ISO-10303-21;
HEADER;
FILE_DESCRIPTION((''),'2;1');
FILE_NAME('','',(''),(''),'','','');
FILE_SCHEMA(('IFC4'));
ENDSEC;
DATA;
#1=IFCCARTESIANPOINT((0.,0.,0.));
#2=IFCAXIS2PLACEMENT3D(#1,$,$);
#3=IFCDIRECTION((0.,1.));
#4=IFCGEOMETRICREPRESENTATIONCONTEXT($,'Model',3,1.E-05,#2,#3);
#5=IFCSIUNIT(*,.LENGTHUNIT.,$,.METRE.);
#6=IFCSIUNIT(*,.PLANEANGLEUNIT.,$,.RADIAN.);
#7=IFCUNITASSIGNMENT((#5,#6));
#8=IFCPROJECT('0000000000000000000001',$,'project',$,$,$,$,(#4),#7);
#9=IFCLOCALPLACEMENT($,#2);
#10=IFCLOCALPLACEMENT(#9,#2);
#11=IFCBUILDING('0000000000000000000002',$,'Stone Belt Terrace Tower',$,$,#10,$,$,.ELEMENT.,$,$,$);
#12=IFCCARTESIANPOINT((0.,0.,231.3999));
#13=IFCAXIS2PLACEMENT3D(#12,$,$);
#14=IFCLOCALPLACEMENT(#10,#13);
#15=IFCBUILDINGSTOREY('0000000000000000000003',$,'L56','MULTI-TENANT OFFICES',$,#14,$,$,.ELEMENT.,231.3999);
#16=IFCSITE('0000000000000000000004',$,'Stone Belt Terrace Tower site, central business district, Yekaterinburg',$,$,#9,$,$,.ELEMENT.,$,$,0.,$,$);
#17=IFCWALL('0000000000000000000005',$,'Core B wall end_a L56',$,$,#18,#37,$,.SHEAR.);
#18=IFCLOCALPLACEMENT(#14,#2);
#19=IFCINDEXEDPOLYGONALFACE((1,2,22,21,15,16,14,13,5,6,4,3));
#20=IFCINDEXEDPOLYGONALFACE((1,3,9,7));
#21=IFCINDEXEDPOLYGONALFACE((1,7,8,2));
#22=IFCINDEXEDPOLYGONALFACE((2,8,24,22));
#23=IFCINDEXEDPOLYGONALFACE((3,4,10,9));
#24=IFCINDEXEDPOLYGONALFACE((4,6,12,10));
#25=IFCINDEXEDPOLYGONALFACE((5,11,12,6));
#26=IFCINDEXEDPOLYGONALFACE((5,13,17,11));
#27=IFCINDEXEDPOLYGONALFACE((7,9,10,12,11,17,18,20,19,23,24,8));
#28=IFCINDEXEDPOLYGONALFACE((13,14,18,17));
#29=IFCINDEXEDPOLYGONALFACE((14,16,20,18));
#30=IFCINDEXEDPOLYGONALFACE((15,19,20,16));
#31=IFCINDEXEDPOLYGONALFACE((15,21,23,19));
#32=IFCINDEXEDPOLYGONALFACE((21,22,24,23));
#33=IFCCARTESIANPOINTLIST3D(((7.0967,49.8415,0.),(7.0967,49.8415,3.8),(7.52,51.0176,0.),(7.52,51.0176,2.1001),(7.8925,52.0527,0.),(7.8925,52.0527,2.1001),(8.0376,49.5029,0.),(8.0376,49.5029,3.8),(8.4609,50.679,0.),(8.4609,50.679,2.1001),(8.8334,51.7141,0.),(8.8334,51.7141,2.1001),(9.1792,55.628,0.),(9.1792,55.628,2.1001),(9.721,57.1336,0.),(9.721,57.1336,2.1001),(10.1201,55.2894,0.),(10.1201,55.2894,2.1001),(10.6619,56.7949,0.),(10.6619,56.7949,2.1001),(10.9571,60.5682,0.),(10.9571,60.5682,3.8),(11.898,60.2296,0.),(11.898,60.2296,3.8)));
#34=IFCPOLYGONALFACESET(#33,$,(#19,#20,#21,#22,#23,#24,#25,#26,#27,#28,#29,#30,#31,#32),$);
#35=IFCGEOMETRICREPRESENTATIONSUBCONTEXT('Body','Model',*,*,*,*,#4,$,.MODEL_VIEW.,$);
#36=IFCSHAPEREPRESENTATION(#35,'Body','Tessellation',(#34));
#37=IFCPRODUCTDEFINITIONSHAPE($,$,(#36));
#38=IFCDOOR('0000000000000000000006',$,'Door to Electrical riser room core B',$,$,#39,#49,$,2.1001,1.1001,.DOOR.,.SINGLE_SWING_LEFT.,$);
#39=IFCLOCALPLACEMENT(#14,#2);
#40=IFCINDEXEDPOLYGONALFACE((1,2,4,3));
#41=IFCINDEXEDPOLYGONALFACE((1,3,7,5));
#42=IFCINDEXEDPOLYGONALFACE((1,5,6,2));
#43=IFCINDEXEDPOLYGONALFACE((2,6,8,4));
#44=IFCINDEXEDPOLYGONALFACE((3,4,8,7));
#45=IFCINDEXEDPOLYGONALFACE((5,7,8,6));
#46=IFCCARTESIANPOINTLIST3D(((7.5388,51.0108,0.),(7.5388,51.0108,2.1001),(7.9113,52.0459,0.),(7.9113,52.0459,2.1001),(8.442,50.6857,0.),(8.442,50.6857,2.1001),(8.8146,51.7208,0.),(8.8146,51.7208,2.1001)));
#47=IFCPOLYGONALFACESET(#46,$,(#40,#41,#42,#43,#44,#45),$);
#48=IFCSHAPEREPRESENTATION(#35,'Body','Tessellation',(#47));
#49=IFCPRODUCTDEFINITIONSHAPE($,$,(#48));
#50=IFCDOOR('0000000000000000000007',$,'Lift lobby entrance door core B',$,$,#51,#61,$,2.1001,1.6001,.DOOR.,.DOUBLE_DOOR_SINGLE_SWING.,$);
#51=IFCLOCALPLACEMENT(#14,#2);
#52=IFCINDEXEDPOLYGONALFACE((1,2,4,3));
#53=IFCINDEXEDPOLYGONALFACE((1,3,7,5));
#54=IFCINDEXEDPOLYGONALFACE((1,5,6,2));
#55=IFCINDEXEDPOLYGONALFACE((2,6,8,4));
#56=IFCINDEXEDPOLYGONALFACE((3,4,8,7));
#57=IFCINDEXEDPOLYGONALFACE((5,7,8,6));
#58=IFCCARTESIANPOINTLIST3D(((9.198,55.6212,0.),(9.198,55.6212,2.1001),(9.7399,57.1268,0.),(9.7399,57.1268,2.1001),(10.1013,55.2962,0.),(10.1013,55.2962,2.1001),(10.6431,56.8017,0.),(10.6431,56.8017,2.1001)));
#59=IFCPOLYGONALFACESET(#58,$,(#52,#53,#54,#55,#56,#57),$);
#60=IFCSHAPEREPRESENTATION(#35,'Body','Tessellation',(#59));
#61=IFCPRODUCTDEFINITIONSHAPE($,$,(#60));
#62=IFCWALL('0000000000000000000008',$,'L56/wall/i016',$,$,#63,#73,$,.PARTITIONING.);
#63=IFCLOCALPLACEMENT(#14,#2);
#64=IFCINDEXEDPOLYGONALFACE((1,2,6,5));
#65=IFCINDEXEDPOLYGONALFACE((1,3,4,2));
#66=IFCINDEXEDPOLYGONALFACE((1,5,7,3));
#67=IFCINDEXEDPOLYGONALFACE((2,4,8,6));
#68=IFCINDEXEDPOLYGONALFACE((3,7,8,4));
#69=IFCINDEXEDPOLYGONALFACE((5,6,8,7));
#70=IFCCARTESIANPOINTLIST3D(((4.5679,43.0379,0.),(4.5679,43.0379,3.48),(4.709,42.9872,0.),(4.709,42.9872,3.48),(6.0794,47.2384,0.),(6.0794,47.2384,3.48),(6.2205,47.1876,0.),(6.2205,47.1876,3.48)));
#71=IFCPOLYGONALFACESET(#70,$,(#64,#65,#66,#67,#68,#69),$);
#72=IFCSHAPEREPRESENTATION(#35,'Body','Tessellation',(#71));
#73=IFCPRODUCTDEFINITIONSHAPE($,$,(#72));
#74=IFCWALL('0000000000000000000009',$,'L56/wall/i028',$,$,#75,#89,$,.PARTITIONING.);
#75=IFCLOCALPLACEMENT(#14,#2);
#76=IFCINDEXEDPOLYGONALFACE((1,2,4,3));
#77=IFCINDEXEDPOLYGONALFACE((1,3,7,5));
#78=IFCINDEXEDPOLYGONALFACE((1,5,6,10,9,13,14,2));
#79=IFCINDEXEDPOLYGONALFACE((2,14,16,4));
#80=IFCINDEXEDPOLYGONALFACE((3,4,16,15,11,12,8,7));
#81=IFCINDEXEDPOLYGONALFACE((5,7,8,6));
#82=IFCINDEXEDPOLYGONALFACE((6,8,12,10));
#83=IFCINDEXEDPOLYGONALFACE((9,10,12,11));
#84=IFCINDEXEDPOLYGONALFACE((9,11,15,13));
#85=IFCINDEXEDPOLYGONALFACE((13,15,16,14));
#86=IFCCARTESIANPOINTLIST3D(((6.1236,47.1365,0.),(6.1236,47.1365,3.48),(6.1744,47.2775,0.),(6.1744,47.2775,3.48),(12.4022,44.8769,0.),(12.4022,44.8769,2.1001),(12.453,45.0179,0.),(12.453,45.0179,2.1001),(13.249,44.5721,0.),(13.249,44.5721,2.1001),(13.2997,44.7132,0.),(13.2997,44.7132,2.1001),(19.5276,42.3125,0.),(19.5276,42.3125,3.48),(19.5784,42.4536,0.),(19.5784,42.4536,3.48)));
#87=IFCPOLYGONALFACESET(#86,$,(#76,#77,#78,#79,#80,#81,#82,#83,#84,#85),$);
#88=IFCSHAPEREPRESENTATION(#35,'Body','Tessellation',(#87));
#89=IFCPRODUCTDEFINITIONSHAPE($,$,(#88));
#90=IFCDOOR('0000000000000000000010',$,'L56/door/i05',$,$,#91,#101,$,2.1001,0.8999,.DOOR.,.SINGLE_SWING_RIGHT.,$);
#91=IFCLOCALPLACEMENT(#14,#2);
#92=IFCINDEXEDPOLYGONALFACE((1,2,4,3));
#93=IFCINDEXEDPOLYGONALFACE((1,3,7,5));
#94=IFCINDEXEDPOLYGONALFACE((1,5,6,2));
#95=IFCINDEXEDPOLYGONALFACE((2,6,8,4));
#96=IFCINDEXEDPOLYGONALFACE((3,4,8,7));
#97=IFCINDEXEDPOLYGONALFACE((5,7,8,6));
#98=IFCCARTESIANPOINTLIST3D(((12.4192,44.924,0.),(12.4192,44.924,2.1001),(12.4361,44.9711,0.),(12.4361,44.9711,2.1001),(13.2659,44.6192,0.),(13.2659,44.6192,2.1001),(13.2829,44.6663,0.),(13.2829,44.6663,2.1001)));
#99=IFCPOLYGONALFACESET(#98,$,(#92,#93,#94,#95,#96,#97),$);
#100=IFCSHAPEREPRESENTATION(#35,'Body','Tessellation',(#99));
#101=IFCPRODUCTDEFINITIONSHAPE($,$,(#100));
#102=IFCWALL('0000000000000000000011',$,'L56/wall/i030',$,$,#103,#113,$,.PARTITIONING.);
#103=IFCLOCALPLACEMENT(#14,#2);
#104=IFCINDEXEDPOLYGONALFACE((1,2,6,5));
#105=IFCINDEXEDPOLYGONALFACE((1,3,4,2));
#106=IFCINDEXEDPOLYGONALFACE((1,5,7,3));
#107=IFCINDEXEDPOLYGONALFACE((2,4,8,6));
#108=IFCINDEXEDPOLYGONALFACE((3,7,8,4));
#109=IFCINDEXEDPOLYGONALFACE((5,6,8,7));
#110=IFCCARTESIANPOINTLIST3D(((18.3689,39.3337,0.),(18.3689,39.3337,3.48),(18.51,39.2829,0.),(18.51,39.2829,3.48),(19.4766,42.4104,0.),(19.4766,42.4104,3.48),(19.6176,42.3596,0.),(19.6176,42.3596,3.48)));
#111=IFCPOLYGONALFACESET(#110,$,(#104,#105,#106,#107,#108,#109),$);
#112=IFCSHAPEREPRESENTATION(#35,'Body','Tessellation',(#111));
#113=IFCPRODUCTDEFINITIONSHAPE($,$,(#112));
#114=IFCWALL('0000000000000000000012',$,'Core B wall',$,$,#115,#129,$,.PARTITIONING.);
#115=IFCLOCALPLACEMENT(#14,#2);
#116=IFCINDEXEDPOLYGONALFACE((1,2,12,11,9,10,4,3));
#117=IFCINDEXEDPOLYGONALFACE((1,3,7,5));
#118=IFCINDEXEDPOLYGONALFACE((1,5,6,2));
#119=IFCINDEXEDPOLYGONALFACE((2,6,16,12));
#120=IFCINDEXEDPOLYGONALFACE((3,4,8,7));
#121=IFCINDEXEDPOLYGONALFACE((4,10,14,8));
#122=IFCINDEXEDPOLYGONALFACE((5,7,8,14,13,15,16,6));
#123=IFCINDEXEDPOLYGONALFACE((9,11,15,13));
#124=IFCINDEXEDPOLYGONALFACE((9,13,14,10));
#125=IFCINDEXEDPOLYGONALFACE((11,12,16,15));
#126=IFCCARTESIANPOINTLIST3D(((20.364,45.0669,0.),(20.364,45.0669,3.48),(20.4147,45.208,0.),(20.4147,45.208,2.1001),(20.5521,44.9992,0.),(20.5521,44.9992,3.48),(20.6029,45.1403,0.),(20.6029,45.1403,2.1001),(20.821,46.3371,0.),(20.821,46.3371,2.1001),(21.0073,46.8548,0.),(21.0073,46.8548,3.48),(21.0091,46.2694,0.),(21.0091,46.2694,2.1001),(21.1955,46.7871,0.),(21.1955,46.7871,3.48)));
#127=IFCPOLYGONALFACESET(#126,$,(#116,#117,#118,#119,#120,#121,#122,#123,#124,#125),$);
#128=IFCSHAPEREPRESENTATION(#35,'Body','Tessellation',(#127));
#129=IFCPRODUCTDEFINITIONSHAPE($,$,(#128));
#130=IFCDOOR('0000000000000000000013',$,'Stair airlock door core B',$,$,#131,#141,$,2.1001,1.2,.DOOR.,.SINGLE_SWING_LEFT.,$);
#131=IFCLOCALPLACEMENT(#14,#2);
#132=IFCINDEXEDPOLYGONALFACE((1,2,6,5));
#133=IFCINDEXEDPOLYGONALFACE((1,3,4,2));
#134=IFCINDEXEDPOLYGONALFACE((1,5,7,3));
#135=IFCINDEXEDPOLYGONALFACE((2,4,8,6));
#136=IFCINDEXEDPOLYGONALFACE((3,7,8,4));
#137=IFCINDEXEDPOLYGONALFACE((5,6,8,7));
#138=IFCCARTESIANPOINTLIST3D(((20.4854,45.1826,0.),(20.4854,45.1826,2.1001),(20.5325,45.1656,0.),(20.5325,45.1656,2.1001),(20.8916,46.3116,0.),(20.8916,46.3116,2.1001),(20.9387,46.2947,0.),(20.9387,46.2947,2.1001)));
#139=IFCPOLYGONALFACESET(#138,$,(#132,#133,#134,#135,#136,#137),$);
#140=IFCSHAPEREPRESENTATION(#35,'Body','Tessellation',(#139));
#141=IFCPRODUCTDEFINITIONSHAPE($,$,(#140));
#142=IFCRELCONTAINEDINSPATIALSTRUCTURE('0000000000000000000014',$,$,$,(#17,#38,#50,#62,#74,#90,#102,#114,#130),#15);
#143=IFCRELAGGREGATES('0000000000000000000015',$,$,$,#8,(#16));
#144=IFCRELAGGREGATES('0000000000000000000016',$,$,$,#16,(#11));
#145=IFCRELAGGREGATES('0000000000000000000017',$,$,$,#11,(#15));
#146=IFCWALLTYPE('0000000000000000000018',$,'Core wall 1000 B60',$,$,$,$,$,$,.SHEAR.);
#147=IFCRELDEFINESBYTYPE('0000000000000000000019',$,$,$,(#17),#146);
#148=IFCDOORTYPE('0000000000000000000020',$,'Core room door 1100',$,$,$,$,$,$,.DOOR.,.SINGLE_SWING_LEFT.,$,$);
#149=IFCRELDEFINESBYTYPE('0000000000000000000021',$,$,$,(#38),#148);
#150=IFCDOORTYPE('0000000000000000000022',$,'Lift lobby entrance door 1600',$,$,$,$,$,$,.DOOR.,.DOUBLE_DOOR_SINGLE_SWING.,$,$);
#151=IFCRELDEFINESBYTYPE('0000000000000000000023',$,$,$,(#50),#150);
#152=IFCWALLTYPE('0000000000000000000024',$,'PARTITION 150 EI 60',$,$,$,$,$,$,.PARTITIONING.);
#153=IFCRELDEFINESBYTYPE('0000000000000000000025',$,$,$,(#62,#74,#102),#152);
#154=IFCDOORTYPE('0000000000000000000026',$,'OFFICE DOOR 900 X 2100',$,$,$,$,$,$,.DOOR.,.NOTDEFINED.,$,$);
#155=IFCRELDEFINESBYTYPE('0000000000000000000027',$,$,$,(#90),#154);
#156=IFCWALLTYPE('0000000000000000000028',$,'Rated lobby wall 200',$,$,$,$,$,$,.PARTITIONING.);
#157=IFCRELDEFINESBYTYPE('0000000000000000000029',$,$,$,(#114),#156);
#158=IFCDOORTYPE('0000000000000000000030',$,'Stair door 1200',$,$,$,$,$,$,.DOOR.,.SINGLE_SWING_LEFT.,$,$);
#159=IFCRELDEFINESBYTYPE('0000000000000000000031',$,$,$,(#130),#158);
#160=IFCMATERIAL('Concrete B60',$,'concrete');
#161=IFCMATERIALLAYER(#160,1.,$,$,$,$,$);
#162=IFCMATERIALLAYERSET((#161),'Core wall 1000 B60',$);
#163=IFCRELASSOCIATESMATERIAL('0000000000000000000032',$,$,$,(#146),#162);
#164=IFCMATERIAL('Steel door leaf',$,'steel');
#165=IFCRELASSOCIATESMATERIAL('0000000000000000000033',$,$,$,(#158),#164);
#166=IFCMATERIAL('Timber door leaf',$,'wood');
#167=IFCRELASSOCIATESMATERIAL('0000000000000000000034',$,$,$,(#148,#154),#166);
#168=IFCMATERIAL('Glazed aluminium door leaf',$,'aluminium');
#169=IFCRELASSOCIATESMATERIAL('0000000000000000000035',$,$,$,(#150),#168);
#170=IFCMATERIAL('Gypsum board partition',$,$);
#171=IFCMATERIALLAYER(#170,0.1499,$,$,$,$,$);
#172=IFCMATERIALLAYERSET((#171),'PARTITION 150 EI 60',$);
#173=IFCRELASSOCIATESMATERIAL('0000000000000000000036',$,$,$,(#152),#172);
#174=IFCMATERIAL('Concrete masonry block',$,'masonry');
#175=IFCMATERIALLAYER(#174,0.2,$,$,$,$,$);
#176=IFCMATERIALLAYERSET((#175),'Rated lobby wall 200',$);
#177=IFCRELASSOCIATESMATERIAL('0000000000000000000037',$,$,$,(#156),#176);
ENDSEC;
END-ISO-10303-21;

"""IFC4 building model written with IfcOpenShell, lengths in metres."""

from ifc_helpers import new_model, si_unit, direction, frame, frame_2d, origin, place, context, subcontext, project, spatial, rectangle, extrude, material, layer, layer_set, type_object, element, fill, save


model = new_model("IFC4")

# Units and contexts
model_context = context("Model", 3, precision=1e-05, world=origin(), true_north=direction((0.0, 1.0)))
body_context = subcontext(model_context, "Body", "Model", "MODEL_VIEW")
ifc_project = project(units=[si_unit("LENGTHUNIT", "METRE"), si_unit("PLANEANGLEUNIT", "RADIAN")], contexts=[model_context])

# Site, building, storey
site_placement = place(None, origin())
site = spatial("IfcSite", under=ifc_project, at=site_placement, Name="Stone Belt Terrace Tower site, central business district, Yekaterinburg", CompositionType="ELEMENT", RefElevation=0.0)
building_placement = place(site_placement, origin())
building = spatial("IfcBuilding", under=site, at=building_placement, Name="Stone Belt Terrace Tower", CompositionType="ELEMENT")
storey_placement = place(building_placement, frame((0.0, 0.0, 231.3999)))
storey = spatial("IfcBuildingStorey", under=building, at=storey_placement, Name="L56", Description="MULTI-TENANT OFFICES", CompositionType="ELEMENT", Elevation=231.3999)

# Shared definitions
ifc_material_1 = material(Name="Concrete B60", Category="concrete")

# Wall, openings, doors
ifc_layer_1 = layer(ifc_material_1, 1.0)
ifc_layer_set_1 = layer_set([ifc_layer_1], Name="Core wall 1000 B60")
wall_type_1 = type_object("IfcWallType", Name="Core wall 1000 B60", PredefinedType="SHEAR", material=ifc_layer_set_1)
ifc_material_2 = material(Name="Steel door leaf", Category="steel")
door_type_1 = type_object("IfcDoorType", Name="Stair door 1200", OperationType="SINGLE_SWING_LEFT", PredefinedType="DOOR", material=ifc_material_2)
wall_1_placement = place(storey_placement, frame((7.5671, 49.6721, 0.0), z_axis=(0.0, 0.0, 1.0), x_axis=(0.338625, 0.940921, 0.0)))
wall_1 = element("IfcWall", 1, at=wall_1_placement, inside=storey, type_object=wall_type_1, Name="Core B wall end_a L56", PredefinedType="SHEAR", context=body_context, shape_type="SweptSolid", body=[
    extrude(rectangle(XDim=11.4001, YDim=1.0, at=frame_2d((5.7002, 0.0))), origin(), (0.0, 0.0, 1.0), 3.8),
])
opening_1_placement = place(wall_1_placement, frame((6.1499, 0.0, 0.0)))
opening_1 = element("IfcOpeningElement", 2, at=opening_1_placement, cuts=wall_1, PredefinedType="OPENING", context=body_context, shape_type="SweptSolid", body=[
    extrude(rectangle(XDim=1.6001, YDim=2.1001, at=frame_2d((0.8, 1.05))), frame((0.0, 0.51, 0.0), z_axis=(0.0, -1.0, 0.0), x_axis=(1.0, 0.0, 0.0)), (0.0, 0.0, 1.0), 1.02),
])
opening_2_placement = place(wall_1_placement, frame((1.25, 0.0, 0.0)))
opening_2 = element("IfcOpeningElement", 3, at=opening_2_placement, cuts=wall_1, PredefinedType="OPENING", context=body_context, shape_type="SweptSolid", body=[
    extrude(rectangle(XDim=1.1001, YDim=2.1001, at=frame_2d((0.55, 1.05))), frame((0.0, 0.51, 0.0), z_axis=(0.0, -1.0, 0.0), x_axis=(1.0, 0.0, 0.0)), (0.0, 0.0, 1.0), 1.02),
])
ifc_material_3 = material(Name="Timber door leaf", Category="wood")
door_type_2 = type_object("IfcDoorType", Name="Core room door 1100", OperationType="SINGLE_SWING_LEFT", PredefinedType="DOOR", material=ifc_material_3)
door_1_placement = place(opening_2_placement, origin())
door_1 = element("IfcDoor", 4, at=door_1_placement, inside=storey, type_object=door_type_2, Name="Door to Electrical riser room core B", OperationType="SINGLE_SWING_LEFT", OverallHeight=2.1001, OverallWidth=1.1001, PredefinedType="DOOR", context=body_context, shape_type="SweptSolid", body=[
    extrude(rectangle(XDim=1.1001, YDim=2.1001, at=frame_2d((0.55, 1.05))), frame((0.0, 0.48, 0.0), z_axis=(0.0, -1.0, 0.0), x_axis=(1.0, 0.0, 0.0)), (0.0, 0.0, 1.0), 0.96),
])
fill(opening_2, door_1)
ifc_material_4 = material(Name="Glazed aluminium door leaf", Category="aluminium")
door_type_3 = type_object("IfcDoorType", Name="Lift lobby entrance door 1600", OperationType="DOUBLE_DOOR_SINGLE_SWING", PredefinedType="DOOR", material=ifc_material_4)
door_2_placement = place(opening_1_placement, origin())
door_2 = element("IfcDoor", 5, at=door_2_placement, inside=storey, type_object=door_type_3, Name="Lift lobby entrance door core B", OperationType="DOUBLE_DOOR_SINGLE_SWING", OverallHeight=2.1001, OverallWidth=1.6001, PredefinedType="DOOR", context=body_context, shape_type="SweptSolid", body=[
    extrude(rectangle(XDim=1.6001, YDim=2.1001, at=frame_2d((0.8, 1.05))), frame((0.0, 0.48, 0.0), z_axis=(0.0, -1.0, 0.0), x_axis=(1.0, 0.0, 0.0)), (0.0, 0.0, 1.0), 0.96),
])
fill(opening_1, door_2)

# Wall
ifc_material_5 = material(Name="Gypsum board partition")
ifc_layer_2 = layer(ifc_material_5, 0.1499)
ifc_layer_set_2 = layer_set([ifc_layer_2], Name="PARTITION 150 EI 60")
wall_type_2 = type_object("IfcWallType", Name="PARTITION 150 EI 60", PredefinedType="PARTITIONING", material=ifc_layer_set_2)
wall_2_placement = place(storey_placement, frame((6.1499, 47.2129, 0.0), z_axis=(0.0, 0.0, 1.0), x_axis=(-0.338584, -0.940936, 0.0)))
element("IfcWall", 6, at=wall_2_placement, inside=storey, type_object=wall_type_2, Name="L56/wall/i016", PredefinedType="PARTITIONING", context=body_context, shape_type="SweptSolid", body=[
    extrude(rectangle(XDim=4.4641, YDim=0.1499, at=frame_2d((2.2319, 0.0))), origin(), (0.0, 0.0, 1.0), 3.48),
])

# Wall, opening, door
wall_3_placement = place(storey_placement, frame((19.553, 42.3831, 0.0), z_axis=(0.0, 0.0, 1.0), x_axis=(-0.940921, 0.338627, 0.0)))
wall_3 = element("IfcWall", 7, at=wall_3_placement, inside=storey, type_object=wall_type_2, Name="L56/wall/i028", PredefinedType="PARTITIONING", context=body_context, shape_type="SweptSolid", body=[
    extrude(rectangle(XDim=14.2456, YDim=0.1499, at=frame_2d((7.1228, 0.0))), origin(), (0.0, 0.0, 1.0), 3.48),
])
opening_3_placement = place(wall_3_placement, frame((6.6729, 0.0, 0.0)))
opening_3 = element("IfcOpeningElement", 8, at=opening_3_placement, cuts=wall_3, PredefinedType="OPENING", context=body_context, shape_type="SweptSolid", body=[
    extrude(rectangle(XDim=0.8999, YDim=2.1001, at=frame_2d((0.45, 1.05))), frame((0.0, 0.085, 0.0), z_axis=(0.0, -1.0, 0.0), x_axis=(1.0, 0.0, 0.0)), (0.0, 0.0, 1.0), 0.1699),
])
door_type_4 = type_object("IfcDoorType", Name="OFFICE DOOR 900 X 2100", OperationType="NOTDEFINED", PredefinedType="DOOR", material=ifc_material_3)
door_3_placement = place(opening_3_placement, origin())
door_3 = element("IfcDoor", 9, at=door_3_placement, inside=storey, type_object=door_type_4, Name="L56/door/i05", OperationType="SINGLE_SWING_RIGHT", OverallHeight=2.1001, OverallWidth=0.8999, PredefinedType="DOOR", context=body_context, shape_type="SweptSolid", body=[
    extrude(rectangle(XDim=0.8999, YDim=2.1001, at=frame_2d((0.45, 1.05))), frame((0.0, 0.0249, 0.0), z_axis=(0.0, -1.0, 0.0), x_axis=(1.0, 0.0, 0.0)), (0.0, 0.0, 1.0), 0.05),
])
fill(opening_3, door_3)

# Wall
wall_4_placement = place(storey_placement, frame((19.5471, 42.385, 0.0), z_axis=(0.0, 0.0, 1.0), x_axis=(-0.338738, -0.940881, 0.0)))
element("IfcWall", 10, at=wall_4_placement, inside=storey, type_object=wall_type_2, Name="L56/wall/i030", PredefinedType="PARTITIONING", context=body_context, shape_type="SweptSolid", body=[
    extrude(rectangle(XDim=3.27, YDim=0.1499, at=frame_2d((1.635, 0.0))), origin(), (0.0, 0.0, 1.0), 3.48),
])

# Wall, opening, door
ifc_material_6 = material(Name="Concrete masonry block", Category="masonry")
ifc_layer_3 = layer(ifc_material_6, 0.2)
ifc_layer_set_3 = layer_set([ifc_layer_3], Name="Rated lobby wall 200")
wall_type_3 = type_object("IfcWallType", Name="Rated lobby wall 200", PredefinedType="PARTITIONING", material=ifc_layer_set_3)
wall_5_placement = place(storey_placement, frame((20.458, 45.033, 0.0), z_axis=(0.0, 0.0, 1.0), x_axis=(0.338574, 0.94094, 0.0)))
wall_5 = element("IfcWall", 11, at=wall_5_placement, inside=storey, type_object=wall_type_3, Name="Core B wall", PredefinedType="PARTITIONING", context=body_context, shape_type="SweptSolid", body=[
    extrude(rectangle(XDim=1.9001, YDim=0.2, at=frame_2d((0.9502, 0.0))), origin(), (0.0, 0.0, 1.0), 3.48),
])
opening_4_placement = place(wall_5_placement, frame((0.1499, 0.0, 0.0)))
opening_4 = element("IfcOpeningElement", 12, at=opening_4_placement, cuts=wall_5, PredefinedType="OPENING", context=body_context, shape_type="SweptSolid", body=[
    extrude(rectangle(XDim=1.2, YDim=2.1001, at=frame_2d((0.6001, 1.05))), frame((0.0, 0.1099, 0.0), z_axis=(0.0, -1.0, 0.0), x_axis=(1.0, 0.0, 0.0)), (0.0, 0.0, 1.0), 0.22),
])
door_4_placement = place(opening_4_placement, origin())
door_4 = element("IfcDoor", 13, at=door_4_placement, inside=storey, type_object=door_type_1, Name="Stair airlock door core B", OperationType="SINGLE_SWING_LEFT", OverallHeight=2.1001, OverallWidth=1.2, PredefinedType="DOOR", context=body_context, shape_type="SweptSolid", body=[
    extrude(rectangle(XDim=1.2, YDim=2.1001, at=frame_2d((0.6001, 1.05))), frame((0.0, 0.0249, 0.0), z_axis=(0.0, -1.0, 0.0), x_axis=(1.0, 0.0, 0.0)), (0.0, 0.0, 1.0), 0.05),
])
fill(opening_4, door_4)

save(model, "model.ifc")
